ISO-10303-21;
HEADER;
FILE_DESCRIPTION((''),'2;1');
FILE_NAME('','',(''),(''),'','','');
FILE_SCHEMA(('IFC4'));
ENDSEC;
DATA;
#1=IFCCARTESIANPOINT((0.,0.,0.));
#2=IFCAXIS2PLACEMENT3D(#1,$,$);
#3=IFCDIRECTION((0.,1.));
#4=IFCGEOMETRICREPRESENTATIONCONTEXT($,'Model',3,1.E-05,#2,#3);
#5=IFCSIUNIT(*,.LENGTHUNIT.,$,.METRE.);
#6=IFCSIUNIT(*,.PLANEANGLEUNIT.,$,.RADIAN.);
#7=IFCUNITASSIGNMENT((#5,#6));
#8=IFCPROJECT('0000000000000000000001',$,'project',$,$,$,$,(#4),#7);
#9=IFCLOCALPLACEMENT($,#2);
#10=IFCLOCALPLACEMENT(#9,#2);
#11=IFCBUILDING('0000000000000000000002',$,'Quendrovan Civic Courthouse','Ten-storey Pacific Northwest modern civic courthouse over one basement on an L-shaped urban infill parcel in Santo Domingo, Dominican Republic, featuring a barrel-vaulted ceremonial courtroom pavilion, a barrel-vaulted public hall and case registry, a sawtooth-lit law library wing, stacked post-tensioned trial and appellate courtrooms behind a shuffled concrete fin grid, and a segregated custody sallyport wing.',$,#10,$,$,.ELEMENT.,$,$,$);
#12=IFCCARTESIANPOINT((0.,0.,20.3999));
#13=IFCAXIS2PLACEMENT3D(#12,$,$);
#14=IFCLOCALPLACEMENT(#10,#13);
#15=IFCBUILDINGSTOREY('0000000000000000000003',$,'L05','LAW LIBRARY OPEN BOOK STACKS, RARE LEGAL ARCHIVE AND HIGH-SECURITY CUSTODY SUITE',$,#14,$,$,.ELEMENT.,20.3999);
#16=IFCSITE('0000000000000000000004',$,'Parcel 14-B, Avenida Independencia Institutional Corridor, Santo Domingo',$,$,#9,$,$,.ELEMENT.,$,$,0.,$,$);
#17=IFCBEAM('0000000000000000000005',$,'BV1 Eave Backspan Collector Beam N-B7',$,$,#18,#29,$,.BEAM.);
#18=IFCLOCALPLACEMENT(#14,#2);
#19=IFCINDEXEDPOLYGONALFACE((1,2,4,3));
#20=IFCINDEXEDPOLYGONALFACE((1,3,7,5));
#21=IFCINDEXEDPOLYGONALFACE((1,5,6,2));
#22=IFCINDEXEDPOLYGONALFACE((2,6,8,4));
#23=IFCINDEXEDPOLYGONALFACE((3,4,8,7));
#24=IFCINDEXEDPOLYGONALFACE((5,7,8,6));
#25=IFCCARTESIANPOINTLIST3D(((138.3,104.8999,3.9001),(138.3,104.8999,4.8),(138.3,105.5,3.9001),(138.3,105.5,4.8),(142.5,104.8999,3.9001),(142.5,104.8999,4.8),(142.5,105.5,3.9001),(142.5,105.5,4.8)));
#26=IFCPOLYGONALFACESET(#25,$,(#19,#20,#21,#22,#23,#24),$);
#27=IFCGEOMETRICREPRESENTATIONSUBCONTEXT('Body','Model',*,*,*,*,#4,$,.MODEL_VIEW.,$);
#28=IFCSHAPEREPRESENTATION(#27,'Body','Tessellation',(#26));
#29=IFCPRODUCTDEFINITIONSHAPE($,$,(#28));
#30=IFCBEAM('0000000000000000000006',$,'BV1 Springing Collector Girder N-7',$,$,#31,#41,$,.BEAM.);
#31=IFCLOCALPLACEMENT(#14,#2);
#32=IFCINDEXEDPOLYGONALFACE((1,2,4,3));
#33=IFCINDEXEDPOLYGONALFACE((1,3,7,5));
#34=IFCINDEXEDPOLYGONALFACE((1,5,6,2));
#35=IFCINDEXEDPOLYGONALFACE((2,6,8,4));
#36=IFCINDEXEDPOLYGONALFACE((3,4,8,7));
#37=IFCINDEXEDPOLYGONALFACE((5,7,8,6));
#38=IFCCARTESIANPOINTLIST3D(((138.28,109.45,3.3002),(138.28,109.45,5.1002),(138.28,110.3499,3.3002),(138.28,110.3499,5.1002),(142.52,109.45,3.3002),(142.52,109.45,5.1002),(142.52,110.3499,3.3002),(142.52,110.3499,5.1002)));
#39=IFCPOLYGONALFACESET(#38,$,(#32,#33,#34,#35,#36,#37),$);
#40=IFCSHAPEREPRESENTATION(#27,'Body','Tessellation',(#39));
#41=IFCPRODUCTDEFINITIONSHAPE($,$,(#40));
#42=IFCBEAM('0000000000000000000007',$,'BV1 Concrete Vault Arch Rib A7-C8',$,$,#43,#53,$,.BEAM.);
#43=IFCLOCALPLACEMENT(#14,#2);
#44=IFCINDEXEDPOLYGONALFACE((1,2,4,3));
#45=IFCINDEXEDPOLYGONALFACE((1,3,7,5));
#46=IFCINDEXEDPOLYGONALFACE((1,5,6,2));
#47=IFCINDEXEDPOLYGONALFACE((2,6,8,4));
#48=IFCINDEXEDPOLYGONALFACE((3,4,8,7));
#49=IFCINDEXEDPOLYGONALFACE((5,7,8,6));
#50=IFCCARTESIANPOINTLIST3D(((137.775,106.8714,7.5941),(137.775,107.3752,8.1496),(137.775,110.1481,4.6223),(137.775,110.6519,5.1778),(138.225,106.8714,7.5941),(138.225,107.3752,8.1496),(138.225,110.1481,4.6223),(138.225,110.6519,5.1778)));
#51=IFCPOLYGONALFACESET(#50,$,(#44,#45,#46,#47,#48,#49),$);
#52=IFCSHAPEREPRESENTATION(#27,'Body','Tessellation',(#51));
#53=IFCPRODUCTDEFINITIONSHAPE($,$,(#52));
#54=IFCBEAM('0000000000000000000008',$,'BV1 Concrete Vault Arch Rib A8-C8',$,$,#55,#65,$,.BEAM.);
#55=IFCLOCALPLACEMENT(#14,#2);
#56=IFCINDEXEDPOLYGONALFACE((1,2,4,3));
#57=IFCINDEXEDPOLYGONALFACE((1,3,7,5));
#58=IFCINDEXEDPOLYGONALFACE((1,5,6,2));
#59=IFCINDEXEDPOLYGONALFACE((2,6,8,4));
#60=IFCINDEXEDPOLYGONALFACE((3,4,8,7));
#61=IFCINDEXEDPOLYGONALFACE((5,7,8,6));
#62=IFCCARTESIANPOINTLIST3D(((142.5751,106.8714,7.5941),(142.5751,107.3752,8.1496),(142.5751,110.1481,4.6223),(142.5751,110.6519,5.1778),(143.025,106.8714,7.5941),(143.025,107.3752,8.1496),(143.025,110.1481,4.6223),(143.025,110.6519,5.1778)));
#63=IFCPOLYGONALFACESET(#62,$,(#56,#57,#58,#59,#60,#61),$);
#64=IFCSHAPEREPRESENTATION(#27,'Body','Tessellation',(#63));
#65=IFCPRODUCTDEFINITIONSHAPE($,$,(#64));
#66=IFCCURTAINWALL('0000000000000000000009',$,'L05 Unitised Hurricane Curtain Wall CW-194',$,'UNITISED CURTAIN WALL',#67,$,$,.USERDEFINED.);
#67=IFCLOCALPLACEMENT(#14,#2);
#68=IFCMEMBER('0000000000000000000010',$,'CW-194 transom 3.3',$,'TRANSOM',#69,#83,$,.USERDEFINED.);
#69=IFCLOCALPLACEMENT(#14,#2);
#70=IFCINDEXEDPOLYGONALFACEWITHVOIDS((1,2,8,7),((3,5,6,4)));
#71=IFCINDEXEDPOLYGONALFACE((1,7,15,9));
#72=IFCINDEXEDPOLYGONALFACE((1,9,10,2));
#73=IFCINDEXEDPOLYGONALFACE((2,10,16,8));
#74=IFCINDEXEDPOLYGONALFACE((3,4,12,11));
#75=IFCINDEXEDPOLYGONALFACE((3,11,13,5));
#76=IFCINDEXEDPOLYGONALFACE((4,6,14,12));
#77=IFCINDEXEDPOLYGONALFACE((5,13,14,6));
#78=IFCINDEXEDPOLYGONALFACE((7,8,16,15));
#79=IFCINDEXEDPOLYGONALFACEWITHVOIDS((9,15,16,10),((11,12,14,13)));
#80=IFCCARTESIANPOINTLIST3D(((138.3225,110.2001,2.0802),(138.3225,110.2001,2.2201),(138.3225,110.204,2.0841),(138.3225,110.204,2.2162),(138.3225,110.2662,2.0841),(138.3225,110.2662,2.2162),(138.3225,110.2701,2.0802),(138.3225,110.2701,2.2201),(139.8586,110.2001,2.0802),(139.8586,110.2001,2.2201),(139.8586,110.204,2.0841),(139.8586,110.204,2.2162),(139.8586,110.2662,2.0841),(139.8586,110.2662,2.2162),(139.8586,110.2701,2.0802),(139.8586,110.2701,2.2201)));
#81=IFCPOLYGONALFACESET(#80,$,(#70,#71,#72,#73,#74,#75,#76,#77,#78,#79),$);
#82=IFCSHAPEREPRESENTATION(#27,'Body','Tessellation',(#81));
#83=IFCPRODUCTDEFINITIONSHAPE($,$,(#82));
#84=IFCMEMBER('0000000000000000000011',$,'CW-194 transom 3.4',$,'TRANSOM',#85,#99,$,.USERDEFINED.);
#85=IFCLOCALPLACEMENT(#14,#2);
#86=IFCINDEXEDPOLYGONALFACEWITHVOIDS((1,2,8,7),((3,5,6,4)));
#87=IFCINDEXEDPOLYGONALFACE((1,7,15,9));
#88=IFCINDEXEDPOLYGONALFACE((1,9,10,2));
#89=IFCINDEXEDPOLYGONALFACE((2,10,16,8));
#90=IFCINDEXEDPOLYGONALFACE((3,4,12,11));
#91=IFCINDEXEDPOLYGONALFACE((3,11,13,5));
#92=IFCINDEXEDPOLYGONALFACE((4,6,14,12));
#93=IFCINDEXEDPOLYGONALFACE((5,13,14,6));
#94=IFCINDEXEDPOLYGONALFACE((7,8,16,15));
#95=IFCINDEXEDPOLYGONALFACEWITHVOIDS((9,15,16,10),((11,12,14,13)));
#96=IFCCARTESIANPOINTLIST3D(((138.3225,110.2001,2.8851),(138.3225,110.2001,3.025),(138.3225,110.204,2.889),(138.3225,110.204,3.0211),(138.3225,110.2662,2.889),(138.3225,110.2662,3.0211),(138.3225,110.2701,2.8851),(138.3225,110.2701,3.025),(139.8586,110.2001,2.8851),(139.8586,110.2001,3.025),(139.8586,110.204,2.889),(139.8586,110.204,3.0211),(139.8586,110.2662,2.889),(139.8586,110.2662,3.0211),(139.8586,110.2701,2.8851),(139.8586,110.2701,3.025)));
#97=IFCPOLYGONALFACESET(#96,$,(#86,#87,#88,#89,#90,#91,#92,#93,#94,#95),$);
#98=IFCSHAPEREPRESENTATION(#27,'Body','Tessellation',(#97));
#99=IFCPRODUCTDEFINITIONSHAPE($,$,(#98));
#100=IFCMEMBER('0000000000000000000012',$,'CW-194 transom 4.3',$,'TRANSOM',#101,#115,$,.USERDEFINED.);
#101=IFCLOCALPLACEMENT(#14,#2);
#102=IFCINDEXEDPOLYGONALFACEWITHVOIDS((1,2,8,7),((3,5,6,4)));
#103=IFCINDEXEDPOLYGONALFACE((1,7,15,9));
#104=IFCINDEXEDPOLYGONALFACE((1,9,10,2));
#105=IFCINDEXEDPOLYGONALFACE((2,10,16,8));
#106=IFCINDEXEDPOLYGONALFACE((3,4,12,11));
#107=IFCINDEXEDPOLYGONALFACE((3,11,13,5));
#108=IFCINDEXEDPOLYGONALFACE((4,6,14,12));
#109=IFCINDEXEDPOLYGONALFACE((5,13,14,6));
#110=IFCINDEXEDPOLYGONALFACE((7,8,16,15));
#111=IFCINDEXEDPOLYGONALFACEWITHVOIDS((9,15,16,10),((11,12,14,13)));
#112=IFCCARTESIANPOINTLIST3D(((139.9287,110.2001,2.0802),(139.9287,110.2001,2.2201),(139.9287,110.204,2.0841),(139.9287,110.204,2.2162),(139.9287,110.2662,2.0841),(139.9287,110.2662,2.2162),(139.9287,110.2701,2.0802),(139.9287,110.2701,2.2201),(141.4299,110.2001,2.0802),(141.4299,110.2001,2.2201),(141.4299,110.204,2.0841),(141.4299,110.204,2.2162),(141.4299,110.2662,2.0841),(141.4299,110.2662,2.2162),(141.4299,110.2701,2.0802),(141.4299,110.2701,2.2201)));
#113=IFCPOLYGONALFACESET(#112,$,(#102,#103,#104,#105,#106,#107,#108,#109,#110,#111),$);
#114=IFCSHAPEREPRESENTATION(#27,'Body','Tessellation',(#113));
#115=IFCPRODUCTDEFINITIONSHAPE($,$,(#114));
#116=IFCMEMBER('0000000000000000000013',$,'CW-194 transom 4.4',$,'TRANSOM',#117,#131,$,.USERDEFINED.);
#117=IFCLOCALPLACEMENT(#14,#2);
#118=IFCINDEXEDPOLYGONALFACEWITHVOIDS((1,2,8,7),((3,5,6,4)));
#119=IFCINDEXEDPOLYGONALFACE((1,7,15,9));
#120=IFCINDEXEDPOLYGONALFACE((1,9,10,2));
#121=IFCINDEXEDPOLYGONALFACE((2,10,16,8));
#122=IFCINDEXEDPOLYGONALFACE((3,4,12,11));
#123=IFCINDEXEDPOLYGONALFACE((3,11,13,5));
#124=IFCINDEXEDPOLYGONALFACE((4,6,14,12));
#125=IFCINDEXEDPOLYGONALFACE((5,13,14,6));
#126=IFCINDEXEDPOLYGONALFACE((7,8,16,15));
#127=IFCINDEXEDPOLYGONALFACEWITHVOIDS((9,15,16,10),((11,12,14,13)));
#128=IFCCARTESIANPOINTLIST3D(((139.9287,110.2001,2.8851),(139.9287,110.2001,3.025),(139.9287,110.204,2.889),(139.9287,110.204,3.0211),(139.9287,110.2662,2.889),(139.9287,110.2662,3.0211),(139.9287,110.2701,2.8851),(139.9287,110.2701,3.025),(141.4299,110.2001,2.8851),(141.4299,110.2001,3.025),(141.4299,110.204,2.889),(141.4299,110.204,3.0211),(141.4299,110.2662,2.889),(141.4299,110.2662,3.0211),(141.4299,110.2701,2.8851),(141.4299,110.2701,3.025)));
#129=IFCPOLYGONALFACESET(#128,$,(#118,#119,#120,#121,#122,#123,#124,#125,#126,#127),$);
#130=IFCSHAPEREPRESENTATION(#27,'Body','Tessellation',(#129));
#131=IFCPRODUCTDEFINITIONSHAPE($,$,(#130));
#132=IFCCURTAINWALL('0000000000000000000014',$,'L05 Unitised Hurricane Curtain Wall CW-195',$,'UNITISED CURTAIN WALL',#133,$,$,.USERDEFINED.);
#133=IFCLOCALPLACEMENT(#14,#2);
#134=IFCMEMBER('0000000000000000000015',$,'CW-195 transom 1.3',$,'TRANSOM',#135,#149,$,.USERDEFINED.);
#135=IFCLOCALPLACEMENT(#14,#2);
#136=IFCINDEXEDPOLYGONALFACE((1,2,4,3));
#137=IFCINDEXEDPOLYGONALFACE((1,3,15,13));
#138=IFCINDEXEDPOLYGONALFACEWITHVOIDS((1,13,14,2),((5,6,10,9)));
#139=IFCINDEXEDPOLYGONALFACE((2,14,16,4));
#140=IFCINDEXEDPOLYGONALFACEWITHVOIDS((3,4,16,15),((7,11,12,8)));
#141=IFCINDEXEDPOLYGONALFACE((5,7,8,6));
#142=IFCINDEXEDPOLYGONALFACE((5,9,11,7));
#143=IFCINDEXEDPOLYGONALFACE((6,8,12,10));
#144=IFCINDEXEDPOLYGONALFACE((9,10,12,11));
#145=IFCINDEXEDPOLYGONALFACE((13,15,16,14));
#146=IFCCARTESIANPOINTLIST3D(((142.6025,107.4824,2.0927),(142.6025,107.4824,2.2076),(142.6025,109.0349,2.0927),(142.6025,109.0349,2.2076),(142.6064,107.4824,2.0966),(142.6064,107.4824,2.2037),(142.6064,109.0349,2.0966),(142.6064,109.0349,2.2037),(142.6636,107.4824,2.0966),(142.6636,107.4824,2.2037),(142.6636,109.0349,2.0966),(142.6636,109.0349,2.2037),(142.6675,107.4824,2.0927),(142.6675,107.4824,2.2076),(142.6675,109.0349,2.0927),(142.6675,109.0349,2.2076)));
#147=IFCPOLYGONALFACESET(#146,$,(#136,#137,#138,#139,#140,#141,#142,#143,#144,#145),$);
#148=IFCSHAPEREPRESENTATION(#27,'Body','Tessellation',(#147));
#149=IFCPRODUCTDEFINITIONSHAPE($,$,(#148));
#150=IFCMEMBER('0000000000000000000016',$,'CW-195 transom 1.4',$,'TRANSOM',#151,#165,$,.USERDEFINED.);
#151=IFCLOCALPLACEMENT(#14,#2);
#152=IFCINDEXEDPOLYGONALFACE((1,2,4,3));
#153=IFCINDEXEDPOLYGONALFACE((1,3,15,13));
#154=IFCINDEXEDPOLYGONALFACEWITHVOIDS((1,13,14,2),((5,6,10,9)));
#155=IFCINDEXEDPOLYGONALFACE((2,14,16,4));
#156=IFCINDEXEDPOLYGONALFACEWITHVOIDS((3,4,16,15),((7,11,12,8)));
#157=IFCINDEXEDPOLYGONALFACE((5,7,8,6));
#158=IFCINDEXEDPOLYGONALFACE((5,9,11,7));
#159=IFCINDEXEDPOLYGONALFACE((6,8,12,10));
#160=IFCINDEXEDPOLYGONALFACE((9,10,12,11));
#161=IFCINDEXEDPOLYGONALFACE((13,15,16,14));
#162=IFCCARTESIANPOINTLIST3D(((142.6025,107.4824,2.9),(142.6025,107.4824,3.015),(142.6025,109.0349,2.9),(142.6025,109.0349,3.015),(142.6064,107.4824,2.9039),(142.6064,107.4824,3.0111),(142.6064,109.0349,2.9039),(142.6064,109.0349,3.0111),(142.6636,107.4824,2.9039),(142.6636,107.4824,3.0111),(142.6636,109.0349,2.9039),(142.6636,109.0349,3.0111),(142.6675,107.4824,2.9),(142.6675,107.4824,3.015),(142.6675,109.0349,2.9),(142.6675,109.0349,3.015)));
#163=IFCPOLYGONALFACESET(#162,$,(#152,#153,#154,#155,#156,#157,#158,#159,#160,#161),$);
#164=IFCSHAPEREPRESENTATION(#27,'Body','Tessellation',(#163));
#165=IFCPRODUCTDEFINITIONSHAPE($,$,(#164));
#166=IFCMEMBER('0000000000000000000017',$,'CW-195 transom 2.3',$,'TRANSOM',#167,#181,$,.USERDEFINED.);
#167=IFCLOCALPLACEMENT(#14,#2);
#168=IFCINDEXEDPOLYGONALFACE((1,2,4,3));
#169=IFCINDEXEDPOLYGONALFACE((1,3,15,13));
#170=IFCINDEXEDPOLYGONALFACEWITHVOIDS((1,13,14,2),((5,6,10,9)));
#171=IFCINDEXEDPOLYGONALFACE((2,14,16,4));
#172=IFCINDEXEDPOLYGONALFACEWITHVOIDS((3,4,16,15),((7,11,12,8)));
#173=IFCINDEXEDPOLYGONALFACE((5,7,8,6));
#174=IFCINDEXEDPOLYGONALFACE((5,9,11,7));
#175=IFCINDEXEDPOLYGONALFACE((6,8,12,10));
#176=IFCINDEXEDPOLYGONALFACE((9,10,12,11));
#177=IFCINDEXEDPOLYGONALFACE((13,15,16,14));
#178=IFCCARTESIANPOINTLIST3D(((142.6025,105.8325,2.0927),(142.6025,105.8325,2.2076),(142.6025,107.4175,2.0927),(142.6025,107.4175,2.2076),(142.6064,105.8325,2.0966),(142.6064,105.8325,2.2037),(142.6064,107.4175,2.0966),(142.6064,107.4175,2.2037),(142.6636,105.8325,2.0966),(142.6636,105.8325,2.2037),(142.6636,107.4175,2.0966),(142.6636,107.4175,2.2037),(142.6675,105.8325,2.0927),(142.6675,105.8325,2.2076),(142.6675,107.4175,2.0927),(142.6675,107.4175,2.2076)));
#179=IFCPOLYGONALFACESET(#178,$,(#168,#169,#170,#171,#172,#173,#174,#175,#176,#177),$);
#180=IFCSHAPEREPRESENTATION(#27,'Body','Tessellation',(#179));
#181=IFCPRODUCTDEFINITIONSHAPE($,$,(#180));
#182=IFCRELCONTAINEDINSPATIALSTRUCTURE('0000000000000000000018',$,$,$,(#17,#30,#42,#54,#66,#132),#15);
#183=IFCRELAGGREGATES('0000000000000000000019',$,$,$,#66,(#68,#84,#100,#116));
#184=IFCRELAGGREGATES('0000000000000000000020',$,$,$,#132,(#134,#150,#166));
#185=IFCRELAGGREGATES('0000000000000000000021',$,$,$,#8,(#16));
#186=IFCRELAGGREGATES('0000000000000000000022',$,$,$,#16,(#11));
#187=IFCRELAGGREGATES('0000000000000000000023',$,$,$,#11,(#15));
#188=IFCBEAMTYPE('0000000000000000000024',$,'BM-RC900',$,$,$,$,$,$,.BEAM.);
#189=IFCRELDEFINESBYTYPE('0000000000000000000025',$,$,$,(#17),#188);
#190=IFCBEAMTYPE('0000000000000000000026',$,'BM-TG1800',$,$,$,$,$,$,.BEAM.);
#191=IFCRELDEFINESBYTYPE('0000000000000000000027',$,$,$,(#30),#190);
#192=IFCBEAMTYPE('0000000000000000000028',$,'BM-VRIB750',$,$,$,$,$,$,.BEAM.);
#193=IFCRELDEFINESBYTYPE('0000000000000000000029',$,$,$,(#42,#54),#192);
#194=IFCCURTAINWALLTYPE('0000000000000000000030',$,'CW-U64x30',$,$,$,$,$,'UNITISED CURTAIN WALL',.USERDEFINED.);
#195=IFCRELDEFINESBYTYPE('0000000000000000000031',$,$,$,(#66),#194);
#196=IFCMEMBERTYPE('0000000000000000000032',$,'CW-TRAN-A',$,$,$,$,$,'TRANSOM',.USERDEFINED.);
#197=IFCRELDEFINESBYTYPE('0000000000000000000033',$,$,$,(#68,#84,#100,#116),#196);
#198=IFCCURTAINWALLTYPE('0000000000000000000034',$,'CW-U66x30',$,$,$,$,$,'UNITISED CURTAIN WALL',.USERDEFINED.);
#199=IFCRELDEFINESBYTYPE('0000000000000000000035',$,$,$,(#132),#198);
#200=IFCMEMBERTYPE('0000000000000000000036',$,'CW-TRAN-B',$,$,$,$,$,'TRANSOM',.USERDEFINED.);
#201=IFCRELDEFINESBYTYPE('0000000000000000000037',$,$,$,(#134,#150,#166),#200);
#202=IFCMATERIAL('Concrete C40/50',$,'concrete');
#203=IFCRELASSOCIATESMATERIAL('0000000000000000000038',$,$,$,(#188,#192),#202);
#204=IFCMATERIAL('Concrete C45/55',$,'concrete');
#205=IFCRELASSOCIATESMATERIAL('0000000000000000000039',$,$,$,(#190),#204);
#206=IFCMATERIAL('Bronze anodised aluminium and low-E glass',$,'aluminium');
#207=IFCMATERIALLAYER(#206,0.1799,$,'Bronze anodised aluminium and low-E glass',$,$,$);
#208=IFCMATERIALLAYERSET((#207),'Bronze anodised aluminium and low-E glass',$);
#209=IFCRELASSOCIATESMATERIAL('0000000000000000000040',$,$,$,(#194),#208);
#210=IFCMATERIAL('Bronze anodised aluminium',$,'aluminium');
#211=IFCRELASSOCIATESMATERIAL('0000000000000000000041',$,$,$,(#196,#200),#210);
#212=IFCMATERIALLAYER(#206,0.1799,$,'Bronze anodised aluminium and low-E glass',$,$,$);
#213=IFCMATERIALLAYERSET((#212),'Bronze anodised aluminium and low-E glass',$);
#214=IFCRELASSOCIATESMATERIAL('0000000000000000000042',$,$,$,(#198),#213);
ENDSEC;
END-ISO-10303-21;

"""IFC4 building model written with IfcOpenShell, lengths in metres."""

from ifc_helpers import new_model, si_unit, direction, frame, origin, origin_2d, place, context, subcontext, project, spatial, rectangle, hollow_rectangle, extrude, material, layer, layer_set, material_profile, profile_set, type_object, element, aggregate, save


model = new_model("IFC4")

# Units and contexts
model_context = context("Model", 3, precision=1e-05, world=origin(), true_north=direction((0.0, 1.0)))
body_context = subcontext(model_context, "Body", "Model", "MODEL_VIEW")
ifc_project = project(units=[si_unit("LENGTHUNIT", "METRE"), si_unit("PLANEANGLEUNIT", "RADIAN")], contexts=[model_context])

# Site, building, storey
site_placement = place(None, origin())
site = spatial("IfcSite", under=ifc_project, at=site_placement, Name="Parcel 14-B, Avenida Independencia Institutional Corridor, Santo Domingo", CompositionType="ELEMENT", RefElevation=0.0)
building_placement = place(site_placement, origin())
building = spatial("IfcBuilding", under=site, at=building_placement, Name="Quendrovan Civic Courthouse", Description="Ten-storey Pacific Northwest modern civic courthouse over one basement on an L-shaped urban infill parcel in Santo Domingo, Dominican Republic, featuring a barrel-vaulted ceremonial courtroom pavilion, a barrel-vaulted public hall and case registry, a sawtooth-lit law library wing, stacked post-tensioned trial and appellate courtrooms behind a shuffled concrete fin grid, and a segregated custody sallyport wing.", CompositionType="ELEMENT")
storey_placement = place(building_placement, frame((0.0, 0.0, 20.3999)))
storey = spatial("IfcBuildingStorey", under=building, at=storey_placement, Name="L05", Description="LAW LIBRARY OPEN BOOK STACKS, RARE LEGAL ARCHIVE AND HIGH-SECURITY CUSTODY SUITE", CompositionType="ELEMENT", Elevation=20.3999)

# Beams
ifc_material_1 = material(Name="Concrete C40/50", Category="concrete")
ifc_material_profile_1 = material_profile(ifc_material_1, rectangle(XDim=0.6001, YDim=0.8999, at=origin_2d()), Name="RC-BM-600x900")
ifc_profile_set_1 = profile_set([ifc_material_profile_1], Name="Concrete C40/50")
beam_type_1 = type_object("IfcBeamType", Name="BM-RC900", PredefinedType="BEAM", material=ifc_profile_set_1)
beam_1_placement = place(storey_placement, frame((138.3, 105.2, 4.3501), z_axis=(1.0, 0.0, 0.0), x_axis=(0.0, 1.0, 0.0)))
element("IfcBeam", 1, at=beam_1_placement, inside=storey, type_object=beam_type_1, Name="BV1 Eave Backspan Collector Beam N-B7", PredefinedType="BEAM", context=body_context, shape_type="SweptSolid", body=[
    extrude(rectangle(XDim=0.6001, YDim=0.8999, at=origin_2d()), origin(), (0.0, 0.0, 1.0), 4.2),
])
ifc_material_2 = material(Name="Concrete C45/55", Category="concrete")
ifc_material_profile_2 = material_profile(ifc_material_2, rectangle(XDim=0.8999, YDim=1.8, at=origin_2d()), Name="RC-TG-900x1800")
ifc_profile_set_2 = profile_set([ifc_material_profile_2], Name="Concrete C45/55")
beam_type_2 = type_object("IfcBeamType", Name="BM-TG1800", PredefinedType="BEAM", material=ifc_profile_set_2)
beam_2_placement = place(storey_placement, frame((138.28, 109.8999, 4.2002), z_axis=(1.0, 0.0, 0.0), x_axis=(0.0, 1.0, 0.0)))
element("IfcBeam", 2, at=beam_2_placement, inside=storey, type_object=beam_type_2, Name="BV1 Springing Collector Girder N-7", PredefinedType="BEAM", context=body_context, shape_type="SweptSolid", body=[
    extrude(rectangle(XDim=0.8999, YDim=1.8, at=origin_2d()), origin(), (0.0, 0.0, 1.0), 4.24),
])
ifc_material_profile_3 = material_profile(ifc_material_1, rectangle(XDim=0.45, YDim=0.75, at=origin_2d()), Name="RC-VRIB-450x750")
ifc_profile_set_3 = profile_set([ifc_material_profile_3], Name="Concrete C40/50")
beam_type_3 = type_object("IfcBeamType", Name="BM-VRIB750", PredefinedType="BEAM", material=ifc_profile_set_3)
for number, where, z_axis, x_axis, name in (
    (3, (138.0, 107.1233, 7.8718), (0.0, 0.740734, -0.671799), (-1.0, 0.0, 0.0), "BV1 Concrete Vault Arch Rib A7-C8"),
    (4, (142.8, 107.1233, 7.8718), (0.0, 0.740734, -0.671799), (-1.0, 0.0, 0.0), "BV1 Concrete Vault Arch Rib A8-C8"),
):
    element("IfcBeam", number, at=place(storey_placement, frame(where, z_axis=z_axis, x_axis=x_axis)), inside=storey, type_object=beam_type_3, Name=name, PredefinedType="BEAM", context=body_context, shape_type="SweptSolid", body=[
        extrude(rectangle(XDim=0.45, YDim=0.75, at=origin_2d()), origin(), (0.0, 0.0, 1.0), 4.4236),
    ])

# Curtain walls, members
ifc_material_3 = material(Name="Bronze anodised aluminium and low-E glass", Category="aluminium")
ifc_layer_1 = layer(ifc_material_3, 0.1799, Name="Bronze anodised aluminium and low-E glass")
ifc_layer_set_1 = layer_set([ifc_layer_1], Name="Bronze anodised aluminium and low-E glass")
curtain_wall_type_1 = type_object("IfcCurtainWallType", Name="CW-U64x30", ElementType="UNITISED CURTAIN WALL", PredefinedType="USERDEFINED", material=ifc_layer_set_1)
curtain_wall_1_placement = place(storey_placement, origin())
curtain_wall_1 = element("IfcCurtainWall", 5, at=curtain_wall_1_placement, inside=storey, type_object=curtain_wall_type_1, Name="L05 Unitised Hurricane Curtain Wall CW-194", ObjectType="UNITISED CURTAIN WALL", PredefinedType="USERDEFINED")
ifc_material_4 = material(Name="Bronze anodised aluminium", Category="aluminium")
ifc_material_profile_4 = material_profile(ifc_material_4, hollow_rectangle(XDim=0.0701, YDim=0.1399, WallThickness=0.0039, at=origin_2d()), Name="CW-TRAN-70x140")
ifc_profile_set_4 = profile_set([ifc_material_profile_4], Name="Bronze anodised aluminium")
member_type_1 = type_object("IfcMemberType", Name="CW-TRAN-A", ElementType="TRANSOM", PredefinedType="USERDEFINED", material=ifc_profile_set_4)
member_1_placement = place(storey_placement, frame((138.3225, 110.2351, 2.1501), z_axis=(1.0, 0.0, 0.0), x_axis=(0.0, 1.0, 0.0)))
member_1 = element("IfcMember", 6, at=member_1_placement, type_object=member_type_1, Name="CW-194 transom 3.3", ObjectType="TRANSOM", PredefinedType="USERDEFINED", context=body_context, shape_type="SweptSolid", body=[
    extrude(hollow_rectangle(XDim=0.0701, YDim=0.1399, WallThickness=0.0039, at=origin_2d()), origin(), (0.0, 0.0, 1.0), 1.5361),
])
member_2_placement = place(storey_placement, frame((138.3225, 110.2351, 2.9551), z_axis=(1.0, 0.0, 0.0), x_axis=(0.0, 1.0, 0.0)))
member_2 = element("IfcMember", 7, at=member_2_placement, type_object=member_type_1, Name="CW-194 transom 3.4", ObjectType="TRANSOM", PredefinedType="USERDEFINED", context=body_context, shape_type="SweptSolid", body=[
    extrude(hollow_rectangle(XDim=0.0701, YDim=0.1399, WallThickness=0.0039, at=origin_2d()), origin(), (0.0, 0.0, 1.0), 1.5361),
])
member_3_placement = place(storey_placement, frame((139.9287, 110.2351, 2.1501), z_axis=(1.0, 0.0, 0.0), x_axis=(0.0, 1.0, 0.0)))
member_3 = element("IfcMember", 8, at=member_3_placement, type_object=member_type_1, Name="CW-194 transom 4.3", ObjectType="TRANSOM", PredefinedType="USERDEFINED", context=body_context, shape_type="SweptSolid", body=[
    extrude(hollow_rectangle(XDim=0.0701, YDim=0.1399, WallThickness=0.0039, at=origin_2d()), origin(), (0.0, 0.0, 1.0), 1.5012),
])
member_4_placement = place(storey_placement, frame((139.9287, 110.2351, 2.9551), z_axis=(1.0, 0.0, 0.0), x_axis=(0.0, 1.0, 0.0)))
member_4 = element("IfcMember", 9, at=member_4_placement, type_object=member_type_1, Name="CW-194 transom 4.4", ObjectType="TRANSOM", PredefinedType="USERDEFINED", context=body_context, shape_type="SweptSolid", body=[
    extrude(hollow_rectangle(XDim=0.0701, YDim=0.1399, WallThickness=0.0039, at=origin_2d()), origin(), (0.0, 0.0, 1.0), 1.5012),
])
ifc_layer_2 = layer(ifc_material_3, 0.1799, Name="Bronze anodised aluminium and low-E glass")
ifc_layer_set_2 = layer_set([ifc_layer_2], Name="Bronze anodised aluminium and low-E glass")
curtain_wall_type_2 = type_object("IfcCurtainWallType", Name="CW-U66x30", ElementType="UNITISED CURTAIN WALL", PredefinedType="USERDEFINED", material=ifc_layer_set_2)
curtain_wall_2_placement = place(storey_placement, origin())
curtain_wall_2 = element("IfcCurtainWall", 10, at=curtain_wall_2_placement, inside=storey, type_object=curtain_wall_type_2, Name="L05 Unitised Hurricane Curtain Wall CW-195", ObjectType="UNITISED CURTAIN WALL", PredefinedType="USERDEFINED")
ifc_material_profile_5 = material_profile(ifc_material_4, hollow_rectangle(XDim=0.0649, YDim=0.115, WallThickness=0.0039, at=origin_2d()), Name="CW-TRAN-65x115")
ifc_profile_set_5 = profile_set([ifc_material_profile_5], Name="Bronze anodised aluminium")
member_type_2 = type_object("IfcMemberType", Name="CW-TRAN-B", ElementType="TRANSOM", PredefinedType="USERDEFINED", material=ifc_profile_set_5)
member_5_placement = place(storey_placement, frame((142.635, 109.0349, 2.1501), z_axis=(0.0, -1.0, 0.0), x_axis=(1.0, 0.0, 0.0)))
member_5 = element("IfcMember", 11, at=member_5_placement, type_object=member_type_2, Name="CW-195 transom 1.3", ObjectType="TRANSOM", PredefinedType="USERDEFINED", context=body_context, shape_type="SweptSolid", body=[
    extrude(hollow_rectangle(XDim=0.0649, YDim=0.115, WallThickness=0.0039, at=origin_2d()), origin(), (0.0, 0.0, 1.0), 1.5525),
])
member_6_placement = place(storey_placement, frame((142.635, 109.0349, 2.9575), z_axis=(0.0, -1.0, 0.0), x_axis=(1.0, 0.0, 0.0)))
member_6 = element("IfcMember", 12, at=member_6_placement, type_object=member_type_2, Name="CW-195 transom 1.4", ObjectType="TRANSOM", PredefinedType="USERDEFINED", context=body_context, shape_type="SweptSolid", body=[
    extrude(hollow_rectangle(XDim=0.0649, YDim=0.115, WallThickness=0.0039, at=origin_2d()), origin(), (0.0, 0.0, 1.0), 1.5525),
])
member_7_placement = place(storey_placement, frame((142.635, 107.4175, 2.1501), z_axis=(0.0, -1.0, 0.0), x_axis=(1.0, 0.0, 0.0)))
member_7 = element("IfcMember", 13, at=member_7_placement, type_object=member_type_2, Name="CW-195 transom 2.3", ObjectType="TRANSOM", PredefinedType="USERDEFINED", context=body_context, shape_type="SweptSolid", body=[
    extrude(hollow_rectangle(XDim=0.0649, YDim=0.115, WallThickness=0.0039, at=origin_2d()), origin(), (0.0, 0.0, 1.0), 1.585),
])

aggregate(curtain_wall_1, [member_1, member_2, member_3, member_4])
aggregate(curtain_wall_2, [member_5, member_6, member_7])

save(model, "model.ifc")
